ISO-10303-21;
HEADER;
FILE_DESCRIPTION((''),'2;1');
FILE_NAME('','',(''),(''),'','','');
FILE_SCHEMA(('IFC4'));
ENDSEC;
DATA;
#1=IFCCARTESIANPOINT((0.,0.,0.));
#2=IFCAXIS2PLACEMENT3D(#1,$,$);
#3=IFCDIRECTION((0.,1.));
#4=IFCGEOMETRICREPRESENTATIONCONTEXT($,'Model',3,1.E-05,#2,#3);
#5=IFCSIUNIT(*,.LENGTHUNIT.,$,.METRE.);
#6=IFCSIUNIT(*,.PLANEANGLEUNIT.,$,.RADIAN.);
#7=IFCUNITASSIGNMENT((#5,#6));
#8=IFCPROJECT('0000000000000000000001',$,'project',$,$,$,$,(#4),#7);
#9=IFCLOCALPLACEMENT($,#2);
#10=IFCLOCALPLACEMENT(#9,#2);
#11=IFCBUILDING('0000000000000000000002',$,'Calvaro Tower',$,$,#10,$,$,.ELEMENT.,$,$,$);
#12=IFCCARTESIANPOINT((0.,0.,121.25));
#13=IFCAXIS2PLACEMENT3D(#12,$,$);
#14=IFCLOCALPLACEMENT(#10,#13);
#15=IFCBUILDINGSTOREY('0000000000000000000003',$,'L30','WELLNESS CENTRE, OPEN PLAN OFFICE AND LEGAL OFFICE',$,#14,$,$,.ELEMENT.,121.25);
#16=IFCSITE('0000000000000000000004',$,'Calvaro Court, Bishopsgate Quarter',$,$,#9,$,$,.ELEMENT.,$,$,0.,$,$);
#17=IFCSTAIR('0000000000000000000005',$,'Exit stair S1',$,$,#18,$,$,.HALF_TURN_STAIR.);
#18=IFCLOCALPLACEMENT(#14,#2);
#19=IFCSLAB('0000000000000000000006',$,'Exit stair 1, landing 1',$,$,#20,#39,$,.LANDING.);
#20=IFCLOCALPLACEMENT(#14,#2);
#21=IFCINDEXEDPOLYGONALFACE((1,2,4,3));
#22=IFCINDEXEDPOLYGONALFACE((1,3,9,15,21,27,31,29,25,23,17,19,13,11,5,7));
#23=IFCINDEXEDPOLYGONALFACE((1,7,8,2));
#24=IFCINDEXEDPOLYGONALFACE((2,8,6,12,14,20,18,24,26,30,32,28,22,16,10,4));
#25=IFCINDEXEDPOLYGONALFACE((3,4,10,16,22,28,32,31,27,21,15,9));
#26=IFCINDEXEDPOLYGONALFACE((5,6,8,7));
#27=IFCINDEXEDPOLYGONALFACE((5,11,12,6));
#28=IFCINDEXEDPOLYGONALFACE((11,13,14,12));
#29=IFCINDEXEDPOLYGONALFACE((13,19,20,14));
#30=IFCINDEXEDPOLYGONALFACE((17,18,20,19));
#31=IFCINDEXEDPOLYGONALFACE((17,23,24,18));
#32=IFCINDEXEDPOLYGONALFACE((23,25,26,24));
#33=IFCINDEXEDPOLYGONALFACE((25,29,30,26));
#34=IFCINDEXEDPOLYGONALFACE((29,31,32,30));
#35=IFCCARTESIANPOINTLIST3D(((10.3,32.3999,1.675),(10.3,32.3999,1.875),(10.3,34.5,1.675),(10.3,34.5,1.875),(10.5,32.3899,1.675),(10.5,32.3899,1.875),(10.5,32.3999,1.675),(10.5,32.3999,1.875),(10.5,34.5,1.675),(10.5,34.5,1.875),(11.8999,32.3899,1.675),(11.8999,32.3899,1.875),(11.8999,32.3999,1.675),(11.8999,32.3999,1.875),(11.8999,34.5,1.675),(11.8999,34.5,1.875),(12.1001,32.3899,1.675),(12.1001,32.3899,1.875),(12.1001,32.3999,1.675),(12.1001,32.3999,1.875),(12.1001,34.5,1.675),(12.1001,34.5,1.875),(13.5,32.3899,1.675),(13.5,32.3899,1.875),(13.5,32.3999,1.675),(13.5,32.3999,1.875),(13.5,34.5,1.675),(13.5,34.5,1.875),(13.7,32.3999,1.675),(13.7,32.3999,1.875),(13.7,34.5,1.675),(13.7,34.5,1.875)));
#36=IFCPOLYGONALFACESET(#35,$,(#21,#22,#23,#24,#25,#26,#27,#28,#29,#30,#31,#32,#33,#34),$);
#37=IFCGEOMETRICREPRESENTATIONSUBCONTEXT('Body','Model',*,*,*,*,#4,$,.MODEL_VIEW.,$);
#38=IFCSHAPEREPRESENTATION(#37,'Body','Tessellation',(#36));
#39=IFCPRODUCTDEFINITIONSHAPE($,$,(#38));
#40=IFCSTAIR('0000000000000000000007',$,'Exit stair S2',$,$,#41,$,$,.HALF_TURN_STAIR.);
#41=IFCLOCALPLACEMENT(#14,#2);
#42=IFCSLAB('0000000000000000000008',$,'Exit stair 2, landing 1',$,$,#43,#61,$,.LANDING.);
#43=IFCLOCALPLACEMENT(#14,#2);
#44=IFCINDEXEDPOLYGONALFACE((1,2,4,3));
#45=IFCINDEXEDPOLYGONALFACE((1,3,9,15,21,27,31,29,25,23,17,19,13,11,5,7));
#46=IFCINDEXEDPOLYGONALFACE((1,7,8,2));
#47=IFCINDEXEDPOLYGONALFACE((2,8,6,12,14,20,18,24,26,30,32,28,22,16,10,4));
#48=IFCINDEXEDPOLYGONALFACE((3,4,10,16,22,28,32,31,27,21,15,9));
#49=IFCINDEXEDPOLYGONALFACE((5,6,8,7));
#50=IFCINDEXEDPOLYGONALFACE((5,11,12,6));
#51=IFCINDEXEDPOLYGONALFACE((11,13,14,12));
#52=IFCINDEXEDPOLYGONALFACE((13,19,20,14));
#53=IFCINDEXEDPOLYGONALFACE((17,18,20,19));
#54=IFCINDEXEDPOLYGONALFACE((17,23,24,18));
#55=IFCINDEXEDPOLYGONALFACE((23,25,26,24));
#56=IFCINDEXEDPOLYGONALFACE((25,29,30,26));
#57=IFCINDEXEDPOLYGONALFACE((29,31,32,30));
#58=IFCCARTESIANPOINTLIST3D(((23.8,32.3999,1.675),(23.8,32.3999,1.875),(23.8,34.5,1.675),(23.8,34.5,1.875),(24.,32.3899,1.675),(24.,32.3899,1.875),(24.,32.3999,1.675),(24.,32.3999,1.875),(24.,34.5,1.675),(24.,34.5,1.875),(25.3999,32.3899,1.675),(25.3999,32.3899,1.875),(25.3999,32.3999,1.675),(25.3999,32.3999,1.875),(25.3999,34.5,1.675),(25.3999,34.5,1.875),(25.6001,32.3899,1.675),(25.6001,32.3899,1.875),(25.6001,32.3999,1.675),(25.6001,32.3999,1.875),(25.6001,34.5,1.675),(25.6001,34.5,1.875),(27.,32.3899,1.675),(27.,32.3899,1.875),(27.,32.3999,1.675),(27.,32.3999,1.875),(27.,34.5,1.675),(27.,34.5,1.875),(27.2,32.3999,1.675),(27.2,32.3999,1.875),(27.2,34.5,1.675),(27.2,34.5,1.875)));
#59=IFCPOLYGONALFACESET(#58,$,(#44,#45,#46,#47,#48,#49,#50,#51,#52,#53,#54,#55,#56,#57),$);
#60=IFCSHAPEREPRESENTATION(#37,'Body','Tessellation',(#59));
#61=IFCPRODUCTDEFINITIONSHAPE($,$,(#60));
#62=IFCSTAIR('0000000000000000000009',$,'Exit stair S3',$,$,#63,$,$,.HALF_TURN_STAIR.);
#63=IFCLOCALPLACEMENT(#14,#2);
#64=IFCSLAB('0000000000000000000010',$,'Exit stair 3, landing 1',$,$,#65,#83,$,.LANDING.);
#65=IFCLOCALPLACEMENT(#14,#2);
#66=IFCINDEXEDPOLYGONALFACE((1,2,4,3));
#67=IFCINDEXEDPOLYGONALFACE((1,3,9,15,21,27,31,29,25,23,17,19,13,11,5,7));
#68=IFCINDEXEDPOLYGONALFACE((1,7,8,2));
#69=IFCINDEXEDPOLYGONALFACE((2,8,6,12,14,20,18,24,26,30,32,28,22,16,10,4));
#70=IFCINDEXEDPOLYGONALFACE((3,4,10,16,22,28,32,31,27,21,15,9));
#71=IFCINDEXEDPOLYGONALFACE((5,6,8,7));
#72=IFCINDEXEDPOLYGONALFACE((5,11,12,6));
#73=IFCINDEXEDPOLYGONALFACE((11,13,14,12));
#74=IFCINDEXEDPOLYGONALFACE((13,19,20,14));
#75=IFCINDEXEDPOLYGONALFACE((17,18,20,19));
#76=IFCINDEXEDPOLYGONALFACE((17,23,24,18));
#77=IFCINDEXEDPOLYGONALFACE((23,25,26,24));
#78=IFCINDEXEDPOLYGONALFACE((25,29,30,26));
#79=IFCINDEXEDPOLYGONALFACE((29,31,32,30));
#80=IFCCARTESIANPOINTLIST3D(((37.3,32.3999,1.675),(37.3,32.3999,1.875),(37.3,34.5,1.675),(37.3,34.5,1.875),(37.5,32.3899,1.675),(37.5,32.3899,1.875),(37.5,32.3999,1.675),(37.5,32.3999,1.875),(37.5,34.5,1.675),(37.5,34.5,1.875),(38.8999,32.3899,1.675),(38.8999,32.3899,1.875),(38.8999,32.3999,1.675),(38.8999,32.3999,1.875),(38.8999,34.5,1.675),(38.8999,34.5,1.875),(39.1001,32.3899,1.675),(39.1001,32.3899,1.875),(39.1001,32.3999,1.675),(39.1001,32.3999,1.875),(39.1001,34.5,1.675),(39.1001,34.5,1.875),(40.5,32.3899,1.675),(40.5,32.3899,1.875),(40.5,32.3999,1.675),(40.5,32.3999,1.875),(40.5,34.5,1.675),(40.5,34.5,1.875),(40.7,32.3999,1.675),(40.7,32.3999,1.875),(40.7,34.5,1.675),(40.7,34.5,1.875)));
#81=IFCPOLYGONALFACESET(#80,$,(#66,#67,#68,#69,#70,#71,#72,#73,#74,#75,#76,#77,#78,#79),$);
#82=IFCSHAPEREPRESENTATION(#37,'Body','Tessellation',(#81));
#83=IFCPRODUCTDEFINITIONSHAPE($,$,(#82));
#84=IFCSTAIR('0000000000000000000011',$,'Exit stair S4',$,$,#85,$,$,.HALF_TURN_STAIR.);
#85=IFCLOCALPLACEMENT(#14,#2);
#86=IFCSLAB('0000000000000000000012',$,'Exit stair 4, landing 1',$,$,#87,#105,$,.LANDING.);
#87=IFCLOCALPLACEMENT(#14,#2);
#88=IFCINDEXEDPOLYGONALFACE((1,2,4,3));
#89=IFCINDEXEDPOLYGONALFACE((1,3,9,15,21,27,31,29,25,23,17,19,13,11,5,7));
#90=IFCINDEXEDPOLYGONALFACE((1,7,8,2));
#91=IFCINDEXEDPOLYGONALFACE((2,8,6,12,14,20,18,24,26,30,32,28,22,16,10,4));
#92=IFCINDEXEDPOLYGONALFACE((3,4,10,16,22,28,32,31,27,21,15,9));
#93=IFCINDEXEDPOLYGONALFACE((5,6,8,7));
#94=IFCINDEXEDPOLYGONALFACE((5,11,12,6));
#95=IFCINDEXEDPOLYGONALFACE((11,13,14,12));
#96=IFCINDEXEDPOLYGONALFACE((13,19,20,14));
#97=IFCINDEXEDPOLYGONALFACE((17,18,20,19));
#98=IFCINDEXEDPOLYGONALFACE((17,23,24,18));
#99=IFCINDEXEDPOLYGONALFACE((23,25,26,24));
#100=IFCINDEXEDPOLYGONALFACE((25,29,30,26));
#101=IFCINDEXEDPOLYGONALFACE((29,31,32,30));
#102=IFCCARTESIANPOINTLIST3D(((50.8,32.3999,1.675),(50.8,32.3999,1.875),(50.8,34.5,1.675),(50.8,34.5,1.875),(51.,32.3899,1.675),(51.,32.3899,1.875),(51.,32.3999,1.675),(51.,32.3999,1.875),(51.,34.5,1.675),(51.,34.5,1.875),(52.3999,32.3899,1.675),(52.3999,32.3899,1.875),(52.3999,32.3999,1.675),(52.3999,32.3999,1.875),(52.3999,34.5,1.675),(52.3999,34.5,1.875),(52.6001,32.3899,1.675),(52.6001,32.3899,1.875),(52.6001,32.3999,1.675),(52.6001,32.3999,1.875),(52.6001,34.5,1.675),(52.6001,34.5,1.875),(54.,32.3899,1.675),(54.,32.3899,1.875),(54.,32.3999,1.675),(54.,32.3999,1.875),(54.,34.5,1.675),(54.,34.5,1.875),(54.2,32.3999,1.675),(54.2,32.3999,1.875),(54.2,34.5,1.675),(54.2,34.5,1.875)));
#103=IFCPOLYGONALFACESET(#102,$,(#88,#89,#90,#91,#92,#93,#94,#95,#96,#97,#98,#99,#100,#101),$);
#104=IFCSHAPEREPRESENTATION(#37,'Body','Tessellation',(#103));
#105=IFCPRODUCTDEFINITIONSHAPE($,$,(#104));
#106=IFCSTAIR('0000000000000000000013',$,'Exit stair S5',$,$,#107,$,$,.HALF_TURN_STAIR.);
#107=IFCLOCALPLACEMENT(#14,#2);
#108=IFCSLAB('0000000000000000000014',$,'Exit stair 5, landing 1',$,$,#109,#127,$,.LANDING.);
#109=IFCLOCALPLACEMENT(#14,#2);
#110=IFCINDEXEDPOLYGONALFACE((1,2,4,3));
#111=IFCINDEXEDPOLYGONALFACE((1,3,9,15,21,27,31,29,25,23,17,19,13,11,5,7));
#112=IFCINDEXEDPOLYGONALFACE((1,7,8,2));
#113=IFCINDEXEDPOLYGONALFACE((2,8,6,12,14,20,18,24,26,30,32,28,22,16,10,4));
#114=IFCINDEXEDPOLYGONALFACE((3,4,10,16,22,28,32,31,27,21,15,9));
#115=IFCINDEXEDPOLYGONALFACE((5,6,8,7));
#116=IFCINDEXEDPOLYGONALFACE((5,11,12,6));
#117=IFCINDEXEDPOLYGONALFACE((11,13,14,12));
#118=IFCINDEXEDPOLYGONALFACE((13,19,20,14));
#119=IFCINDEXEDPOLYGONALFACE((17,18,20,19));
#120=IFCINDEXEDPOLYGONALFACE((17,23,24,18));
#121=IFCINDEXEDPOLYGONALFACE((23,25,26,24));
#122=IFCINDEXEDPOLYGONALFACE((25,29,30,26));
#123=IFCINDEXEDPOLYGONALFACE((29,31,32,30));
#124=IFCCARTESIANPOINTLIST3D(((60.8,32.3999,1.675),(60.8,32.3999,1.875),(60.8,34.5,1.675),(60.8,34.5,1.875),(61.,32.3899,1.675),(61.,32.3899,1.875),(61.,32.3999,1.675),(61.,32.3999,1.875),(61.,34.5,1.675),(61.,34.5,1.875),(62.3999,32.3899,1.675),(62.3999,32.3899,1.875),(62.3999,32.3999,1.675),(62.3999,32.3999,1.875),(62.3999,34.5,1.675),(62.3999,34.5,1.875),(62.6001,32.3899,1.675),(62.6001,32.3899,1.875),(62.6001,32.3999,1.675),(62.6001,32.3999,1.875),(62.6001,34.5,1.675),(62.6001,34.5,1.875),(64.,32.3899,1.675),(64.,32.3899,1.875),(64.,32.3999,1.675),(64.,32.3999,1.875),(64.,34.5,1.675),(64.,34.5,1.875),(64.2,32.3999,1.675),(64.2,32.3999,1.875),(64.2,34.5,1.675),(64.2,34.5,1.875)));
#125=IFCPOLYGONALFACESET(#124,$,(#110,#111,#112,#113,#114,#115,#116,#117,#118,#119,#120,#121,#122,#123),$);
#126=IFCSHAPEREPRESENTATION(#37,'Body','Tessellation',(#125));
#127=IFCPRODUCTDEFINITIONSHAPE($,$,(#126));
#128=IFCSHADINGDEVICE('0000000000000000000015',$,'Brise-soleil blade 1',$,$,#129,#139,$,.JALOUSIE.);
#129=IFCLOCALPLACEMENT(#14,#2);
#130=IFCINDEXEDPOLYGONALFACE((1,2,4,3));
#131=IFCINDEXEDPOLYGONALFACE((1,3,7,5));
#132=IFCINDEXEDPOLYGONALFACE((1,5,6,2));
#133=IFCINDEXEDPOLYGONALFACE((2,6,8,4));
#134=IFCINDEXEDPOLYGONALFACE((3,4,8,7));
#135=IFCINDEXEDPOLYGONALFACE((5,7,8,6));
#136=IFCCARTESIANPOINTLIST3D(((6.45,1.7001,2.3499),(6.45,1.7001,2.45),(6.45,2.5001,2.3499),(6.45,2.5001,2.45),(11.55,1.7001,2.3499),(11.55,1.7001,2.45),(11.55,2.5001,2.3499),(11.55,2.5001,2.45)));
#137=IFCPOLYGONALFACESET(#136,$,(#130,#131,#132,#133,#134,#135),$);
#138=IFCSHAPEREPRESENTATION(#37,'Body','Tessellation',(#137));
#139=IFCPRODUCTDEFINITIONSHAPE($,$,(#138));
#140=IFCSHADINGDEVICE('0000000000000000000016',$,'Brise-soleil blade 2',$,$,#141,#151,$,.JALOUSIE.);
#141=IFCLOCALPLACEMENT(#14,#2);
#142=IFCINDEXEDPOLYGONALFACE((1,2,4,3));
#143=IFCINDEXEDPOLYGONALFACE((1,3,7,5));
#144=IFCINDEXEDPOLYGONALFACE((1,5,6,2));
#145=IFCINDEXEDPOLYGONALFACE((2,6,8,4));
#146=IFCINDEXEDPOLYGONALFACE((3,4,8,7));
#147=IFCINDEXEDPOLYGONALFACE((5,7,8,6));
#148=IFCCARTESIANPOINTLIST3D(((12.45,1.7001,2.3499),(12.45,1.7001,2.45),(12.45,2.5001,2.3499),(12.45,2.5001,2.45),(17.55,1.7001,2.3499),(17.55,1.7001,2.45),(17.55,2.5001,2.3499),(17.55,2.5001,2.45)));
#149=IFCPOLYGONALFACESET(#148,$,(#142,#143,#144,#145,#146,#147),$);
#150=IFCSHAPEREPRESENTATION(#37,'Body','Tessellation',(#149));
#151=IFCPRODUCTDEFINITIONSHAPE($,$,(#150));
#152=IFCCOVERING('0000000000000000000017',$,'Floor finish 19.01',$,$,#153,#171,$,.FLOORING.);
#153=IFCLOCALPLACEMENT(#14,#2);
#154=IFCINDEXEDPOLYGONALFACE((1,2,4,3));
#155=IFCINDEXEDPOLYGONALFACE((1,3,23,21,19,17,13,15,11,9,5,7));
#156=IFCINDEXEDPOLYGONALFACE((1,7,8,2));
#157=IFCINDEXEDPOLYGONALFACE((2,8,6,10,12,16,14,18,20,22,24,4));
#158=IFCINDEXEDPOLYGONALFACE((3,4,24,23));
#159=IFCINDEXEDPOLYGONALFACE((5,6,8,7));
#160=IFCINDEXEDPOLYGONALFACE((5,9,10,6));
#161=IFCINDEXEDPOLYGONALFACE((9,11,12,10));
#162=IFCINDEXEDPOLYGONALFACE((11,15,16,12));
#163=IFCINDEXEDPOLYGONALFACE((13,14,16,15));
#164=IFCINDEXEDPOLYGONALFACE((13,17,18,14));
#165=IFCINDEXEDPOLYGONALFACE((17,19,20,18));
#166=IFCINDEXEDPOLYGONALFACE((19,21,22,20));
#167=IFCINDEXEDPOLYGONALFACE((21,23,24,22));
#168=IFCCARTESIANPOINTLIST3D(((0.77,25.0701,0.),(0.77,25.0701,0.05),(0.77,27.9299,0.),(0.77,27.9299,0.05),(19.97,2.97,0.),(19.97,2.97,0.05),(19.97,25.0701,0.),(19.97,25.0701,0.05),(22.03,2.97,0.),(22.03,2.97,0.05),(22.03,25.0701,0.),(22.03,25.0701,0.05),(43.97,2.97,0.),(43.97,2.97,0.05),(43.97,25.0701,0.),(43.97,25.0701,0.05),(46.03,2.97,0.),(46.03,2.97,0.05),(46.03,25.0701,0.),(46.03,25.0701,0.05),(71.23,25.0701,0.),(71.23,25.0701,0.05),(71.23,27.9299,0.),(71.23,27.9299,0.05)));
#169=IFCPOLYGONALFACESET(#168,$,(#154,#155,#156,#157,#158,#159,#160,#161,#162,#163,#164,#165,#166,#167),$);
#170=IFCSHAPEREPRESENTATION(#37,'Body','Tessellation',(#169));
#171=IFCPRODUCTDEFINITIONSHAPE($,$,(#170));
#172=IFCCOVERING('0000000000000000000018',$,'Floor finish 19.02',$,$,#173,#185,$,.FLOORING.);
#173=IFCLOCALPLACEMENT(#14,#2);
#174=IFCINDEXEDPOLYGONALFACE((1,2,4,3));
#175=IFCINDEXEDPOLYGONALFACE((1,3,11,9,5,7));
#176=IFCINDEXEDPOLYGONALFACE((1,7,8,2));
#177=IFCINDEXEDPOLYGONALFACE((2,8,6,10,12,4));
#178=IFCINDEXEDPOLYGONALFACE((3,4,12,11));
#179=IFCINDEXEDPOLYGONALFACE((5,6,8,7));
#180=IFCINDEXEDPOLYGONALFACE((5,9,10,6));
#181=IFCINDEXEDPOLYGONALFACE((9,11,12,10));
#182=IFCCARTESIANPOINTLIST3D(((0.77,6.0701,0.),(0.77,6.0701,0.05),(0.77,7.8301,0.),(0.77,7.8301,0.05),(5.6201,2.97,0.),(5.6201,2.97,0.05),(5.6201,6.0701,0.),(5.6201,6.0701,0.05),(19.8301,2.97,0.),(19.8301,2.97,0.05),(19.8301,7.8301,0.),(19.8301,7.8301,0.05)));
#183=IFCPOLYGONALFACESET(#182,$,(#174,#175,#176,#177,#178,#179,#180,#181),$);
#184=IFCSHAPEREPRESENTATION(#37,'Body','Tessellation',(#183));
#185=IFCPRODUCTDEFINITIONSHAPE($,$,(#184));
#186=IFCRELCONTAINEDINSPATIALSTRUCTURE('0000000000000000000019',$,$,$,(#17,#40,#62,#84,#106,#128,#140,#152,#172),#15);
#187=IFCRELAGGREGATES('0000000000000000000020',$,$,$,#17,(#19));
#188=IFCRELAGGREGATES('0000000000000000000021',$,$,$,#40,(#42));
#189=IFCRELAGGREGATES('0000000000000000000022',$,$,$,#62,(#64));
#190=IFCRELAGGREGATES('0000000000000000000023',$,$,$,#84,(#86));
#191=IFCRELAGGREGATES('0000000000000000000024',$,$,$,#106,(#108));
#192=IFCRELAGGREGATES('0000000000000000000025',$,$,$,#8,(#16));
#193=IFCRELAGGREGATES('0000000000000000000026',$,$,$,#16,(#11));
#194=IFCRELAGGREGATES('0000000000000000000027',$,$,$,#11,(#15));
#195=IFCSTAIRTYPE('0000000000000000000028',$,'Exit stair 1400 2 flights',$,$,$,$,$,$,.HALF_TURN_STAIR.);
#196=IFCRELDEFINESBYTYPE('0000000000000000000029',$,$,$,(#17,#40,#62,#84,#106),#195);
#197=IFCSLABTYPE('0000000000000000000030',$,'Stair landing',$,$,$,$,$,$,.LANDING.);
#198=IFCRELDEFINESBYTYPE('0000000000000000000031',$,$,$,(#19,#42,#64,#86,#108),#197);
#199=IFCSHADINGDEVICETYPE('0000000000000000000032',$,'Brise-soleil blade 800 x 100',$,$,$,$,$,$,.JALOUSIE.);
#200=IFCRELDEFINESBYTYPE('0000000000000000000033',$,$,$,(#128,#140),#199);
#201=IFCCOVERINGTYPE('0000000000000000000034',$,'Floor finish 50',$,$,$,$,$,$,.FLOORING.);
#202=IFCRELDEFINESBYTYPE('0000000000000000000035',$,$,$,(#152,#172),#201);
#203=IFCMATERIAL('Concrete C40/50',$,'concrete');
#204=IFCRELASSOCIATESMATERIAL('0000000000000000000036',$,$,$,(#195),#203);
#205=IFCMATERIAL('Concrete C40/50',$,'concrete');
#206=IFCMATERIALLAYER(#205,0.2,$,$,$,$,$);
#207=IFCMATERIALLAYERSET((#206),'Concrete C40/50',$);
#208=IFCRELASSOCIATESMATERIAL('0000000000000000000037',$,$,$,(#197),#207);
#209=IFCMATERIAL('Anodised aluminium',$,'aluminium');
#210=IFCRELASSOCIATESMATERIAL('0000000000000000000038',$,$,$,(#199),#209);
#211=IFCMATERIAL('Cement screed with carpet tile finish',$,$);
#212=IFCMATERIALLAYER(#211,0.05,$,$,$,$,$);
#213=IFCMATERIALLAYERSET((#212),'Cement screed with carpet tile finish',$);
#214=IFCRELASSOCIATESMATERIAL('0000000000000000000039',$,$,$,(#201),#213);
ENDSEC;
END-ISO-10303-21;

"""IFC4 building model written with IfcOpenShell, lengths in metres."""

from ifc_helpers import new_model, si_unit, direction, frame, origin, origin_2d, place, context, subcontext, project, spatial, polyline, rectangle, outline, extrude, material, layer, layer_set, material_profile, profile_set, type_object, element, aggregate, save


model = new_model("IFC4")

# Units and contexts
model_context = context("Model", 3, precision=1e-05, world=origin(), true_north=direction((0.0, 1.0)))
body_context = subcontext(model_context, "Body", "Model", "MODEL_VIEW")
ifc_project = project(units=[si_unit("LENGTHUNIT", "METRE"), si_unit("PLANEANGLEUNIT", "RADIAN")], contexts=[model_context])

# Site, building, storey
site_placement = place(None, origin())
site = spatial("IfcSite", under=ifc_project, at=site_placement, Name="Calvaro Court, Bishopsgate Quarter", CompositionType="ELEMENT", RefElevation=0.0)
building_placement = place(site_placement, origin())
building = spatial("IfcBuilding", under=site, at=building_placement, Name="Calvaro Tower", CompositionType="ELEMENT")
storey_placement = place(building_placement, frame((0.0, 0.0, 121.25)))
storey = spatial("IfcBuildingStorey", under=building, at=storey_placement, Name="L30", Description="WELLNESS CENTRE, OPEN PLAN OFFICE AND LEGAL OFFICE", CompositionType="ELEMENT", Elevation=121.25)

# Stairs, slabs
ifc_material_1 = material(Name="Concrete C40/50", Category="concrete")
stair_type = type_object("IfcStairType", Name="Exit stair 1400 2 flights", PredefinedType="HALF_TURN_STAIR", material=ifc_material_1)
stair_1_placement = place(storey_placement, origin())
stair_1 = element("IfcStair", 1, at=stair_1_placement, inside=storey, type_object=stair_type, Name="Exit stair S1", PredefinedType="HALF_TURN_STAIR")
ifc_material_2 = material(Name="Concrete C40/50", Category="concrete")
ifc_layer_1 = layer(ifc_material_2, 0.2)
ifc_layer_set_1 = layer_set([ifc_layer_1], Name="Concrete C40/50")
slab_type_1 = type_object("IfcSlabType", Name="Stair landing", PredefinedType="LANDING", material=ifc_layer_set_1)
slab_1_placement = place(storey_placement, frame((0.0, 0.0, 1.675)))
slab_1 = element("IfcSlab", 2, at=slab_1_placement, type_object=slab_type_1, Name="Exit stair 1, landing 1", PredefinedType="LANDING", context=body_context, shape_type="SweptSolid", body=[
    extrude(outline(polyline([(11.8999, 32.3899), (10.5, 32.3899), (10.5, 32.3999), (10.3, 32.3999), (10.3, 34.5), (10.5, 34.5), (11.8999, 34.5), (12.1001, 34.5), (13.5, 34.5), (13.7, 34.5), (13.7, 32.3999), (13.5, 32.3999), (13.5, 32.3899), (12.1001, 32.3899), (12.1001, 32.3999), (11.8999, 32.3999), (11.8999, 32.3899)])), origin(), (0.0, 0.0, 1.0), 0.2),
])
aggregate(stair_1, [slab_1])
stair_2_placement = place(storey_placement, origin())
stair_2 = element("IfcStair", 3, at=stair_2_placement, inside=storey, type_object=stair_type, Name="Exit stair S2", PredefinedType="HALF_TURN_STAIR")
slab_2_placement = place(storey_placement, frame((0.0, 0.0, 1.675)))
slab_2 = element("IfcSlab", 4, at=slab_2_placement, type_object=slab_type_1, Name="Exit stair 2, landing 1", PredefinedType="LANDING", context=body_context, shape_type="SweptSolid", body=[
    extrude(outline(polyline([(25.3999, 32.3899), (24.0, 32.3899), (24.0, 32.3999), (23.8, 32.3999), (23.8, 34.5), (24.0, 34.5), (25.3999, 34.5), (25.6001, 34.5), (27.0, 34.5), (27.2, 34.5), (27.2, 32.3999), (27.0, 32.3999), (27.0, 32.3899), (25.6001, 32.3899), (25.6001, 32.3999), (25.3999, 32.3999), (25.3999, 32.3899)])), origin(), (0.0, 0.0, 1.0), 0.2),
])
aggregate(stair_2, [slab_2])
stair_3_placement = place(storey_placement, origin())
stair_3 = element("IfcStair", 5, at=stair_3_placement, inside=storey, type_object=stair_type, Name="Exit stair S3", PredefinedType="HALF_TURN_STAIR")
slab_3_placement = place(storey_placement, frame((0.0, 0.0, 1.675)))
slab_3 = element("IfcSlab", 6, at=slab_3_placement, type_object=slab_type_1, Name="Exit stair 3, landing 1", PredefinedType="LANDING", context=body_context, shape_type="SweptSolid", body=[
    extrude(outline(polyline([(38.8999, 32.3899), (37.5, 32.3899), (37.5, 32.3999), (37.3, 32.3999), (37.3, 34.5), (37.5, 34.5), (38.8999, 34.5), (39.1001, 34.5), (40.5, 34.5), (40.7, 34.5), (40.7, 32.3999), (40.5, 32.3999), (40.5, 32.3899), (39.1001, 32.3899), (39.1001, 32.3999), (38.8999, 32.3999), (38.8999, 32.3899)])), origin(), (0.0, 0.0, 1.0), 0.2),
])
aggregate(stair_3, [slab_3])
stair_4_placement = place(storey_placement, origin())
stair_4 = element("IfcStair", 7, at=stair_4_placement, inside=storey, type_object=stair_type, Name="Exit stair S4", PredefinedType="HALF_TURN_STAIR")
slab_4_placement = place(storey_placement, frame((0.0, 0.0, 1.675)))
slab_4 = element("IfcSlab", 8, at=slab_4_placement, type_object=slab_type_1, Name="Exit stair 4, landing 1", PredefinedType="LANDING", context=body_context, shape_type="SweptSolid", body=[
    extrude(outline(polyline([(52.3999, 32.3899), (51.0, 32.3899), (51.0, 32.3999), (50.8, 32.3999), (50.8, 34.5), (51.0, 34.5), (52.3999, 34.5), (52.6001, 34.5), (54.0, 34.5), (54.2, 34.5), (54.2, 32.3999), (54.0, 32.3999), (54.0, 32.3899), (52.6001, 32.3899), (52.6001, 32.3999), (52.3999, 32.3999), (52.3999, 32.3899)])), origin(), (0.0, 0.0, 1.0), 0.2),
])
aggregate(stair_4, [slab_4])
stair_5_placement = place(storey_placement, origin())
stair_5 = element("IfcStair", 9, at=stair_5_placement, inside=storey, type_object=stair_type, Name="Exit stair S5", PredefinedType="HALF_TURN_STAIR")
slab_5_placement = place(storey_placement, frame((0.0, 0.0, 1.675)))
slab_5 = element("IfcSlab", 10, at=slab_5_placement, type_object=slab_type_1, Name="Exit stair 5, landing 1", PredefinedType="LANDING", context=body_context, shape_type="SweptSolid", body=[
    extrude(outline(polyline([(62.3999, 32.3899), (61.0, 32.3899), (61.0, 32.3999), (60.8, 32.3999), (60.8, 34.5), (61.0, 34.5), (62.3999, 34.5), (62.6001, 34.5), (64.0, 34.5), (64.2, 34.5), (64.2, 32.3999), (64.0, 32.3999), (64.0, 32.3899), (62.6001, 32.3899), (62.6001, 32.3999), (62.3999, 32.3999), (62.3999, 32.3899)])), origin(), (0.0, 0.0, 1.0), 0.2),
])
aggregate(stair_5, [slab_5])

# Shading devices
ifc_material_3 = material(Name="Anodised aluminium", Category="aluminium")
ifc_material_profile_1 = material_profile(ifc_material_3, rectangle(XDim=0.8, YDim=0.1001, at=origin_2d()), Name="Brise-soleil blade 800 x 100")
ifc_profile_set_1 = profile_set([ifc_material_profile_1], Name="Anodised aluminium")
shading_device_type = type_object("IfcShadingDeviceType", Name="Brise-soleil blade 800 x 100", PredefinedType="JALOUSIE", material=ifc_profile_set_1)
for number, where, z_axis, x_axis, name in (
    (11, (6.45, 2.1001, 2.3999), (1.0, 0.0, 0.0), (0.0, 1.0, 0.0), "Brise-soleil blade 1"),
    (12, (12.45, 2.1001, 2.3999), (1.0, 0.0, 0.0), (0.0, 1.0, 0.0), "Brise-soleil blade 2"),
):
    element("IfcShadingDevice", number, at=place(storey_placement, frame(where, z_axis=z_axis, x_axis=x_axis)), inside=storey, type_object=shading_device_type, Name=name, PredefinedType="JALOUSIE", context=body_context, shape_type="SweptSolid", body=[
        extrude(rectangle(XDim=0.8, YDim=0.1001, at=origin_2d()), origin(), (0.0, 0.0, 1.0), 5.1001),
    ])

# Coverings
ifc_material_4 = material(Name="Cement screed with carpet tile finish")
ifc_layer_2 = layer(ifc_material_4, 0.05)
ifc_layer_set_2 = layer_set([ifc_layer_2], Name="Cement screed with carpet tile finish")
covering_type = type_object("IfcCoveringType", Name="Floor finish 50", PredefinedType="FLOORING", material=ifc_layer_set_2)
covering_1_placement = place(storey_placement, origin())
element("IfcCovering", 13, at=covering_1_placement, inside=storey, type_object=covering_type, Name="Floor finish 19.01", PredefinedType="FLOORING", context=body_context, shape_type="SweptSolid", body=[
    extrude(outline(polyline([(19.97, 2.97), (19.97, 25.0701), (0.77, 25.0701), (0.77, 27.9299), (71.23, 27.9299), (71.23, 25.0701), (46.03, 25.0701), (46.03, 2.97), (43.97, 2.97), (43.97, 25.0701), (22.03, 25.0701), (22.03, 2.97), (19.97, 2.97)])), origin(), (0.0, 0.0, 1.0), 0.05),
])
covering_2_placement = place(storey_placement, origin())
element("IfcCovering", 14, at=covering_2_placement, inside=storey, type_object=covering_type, Name="Floor finish 19.02", PredefinedType="FLOORING", context=body_context, shape_type="SweptSolid", body=[
    extrude(outline(polyline([(19.8301, 7.8301), (19.8301, 2.97), (5.6201, 2.97), (5.6201, 6.0701), (0.77, 6.0701), (0.77, 7.8301), (19.8301, 7.8301)])), origin(), (0.0, 0.0, 1.0), 0.05),
])

save(model, "model.ifc")
